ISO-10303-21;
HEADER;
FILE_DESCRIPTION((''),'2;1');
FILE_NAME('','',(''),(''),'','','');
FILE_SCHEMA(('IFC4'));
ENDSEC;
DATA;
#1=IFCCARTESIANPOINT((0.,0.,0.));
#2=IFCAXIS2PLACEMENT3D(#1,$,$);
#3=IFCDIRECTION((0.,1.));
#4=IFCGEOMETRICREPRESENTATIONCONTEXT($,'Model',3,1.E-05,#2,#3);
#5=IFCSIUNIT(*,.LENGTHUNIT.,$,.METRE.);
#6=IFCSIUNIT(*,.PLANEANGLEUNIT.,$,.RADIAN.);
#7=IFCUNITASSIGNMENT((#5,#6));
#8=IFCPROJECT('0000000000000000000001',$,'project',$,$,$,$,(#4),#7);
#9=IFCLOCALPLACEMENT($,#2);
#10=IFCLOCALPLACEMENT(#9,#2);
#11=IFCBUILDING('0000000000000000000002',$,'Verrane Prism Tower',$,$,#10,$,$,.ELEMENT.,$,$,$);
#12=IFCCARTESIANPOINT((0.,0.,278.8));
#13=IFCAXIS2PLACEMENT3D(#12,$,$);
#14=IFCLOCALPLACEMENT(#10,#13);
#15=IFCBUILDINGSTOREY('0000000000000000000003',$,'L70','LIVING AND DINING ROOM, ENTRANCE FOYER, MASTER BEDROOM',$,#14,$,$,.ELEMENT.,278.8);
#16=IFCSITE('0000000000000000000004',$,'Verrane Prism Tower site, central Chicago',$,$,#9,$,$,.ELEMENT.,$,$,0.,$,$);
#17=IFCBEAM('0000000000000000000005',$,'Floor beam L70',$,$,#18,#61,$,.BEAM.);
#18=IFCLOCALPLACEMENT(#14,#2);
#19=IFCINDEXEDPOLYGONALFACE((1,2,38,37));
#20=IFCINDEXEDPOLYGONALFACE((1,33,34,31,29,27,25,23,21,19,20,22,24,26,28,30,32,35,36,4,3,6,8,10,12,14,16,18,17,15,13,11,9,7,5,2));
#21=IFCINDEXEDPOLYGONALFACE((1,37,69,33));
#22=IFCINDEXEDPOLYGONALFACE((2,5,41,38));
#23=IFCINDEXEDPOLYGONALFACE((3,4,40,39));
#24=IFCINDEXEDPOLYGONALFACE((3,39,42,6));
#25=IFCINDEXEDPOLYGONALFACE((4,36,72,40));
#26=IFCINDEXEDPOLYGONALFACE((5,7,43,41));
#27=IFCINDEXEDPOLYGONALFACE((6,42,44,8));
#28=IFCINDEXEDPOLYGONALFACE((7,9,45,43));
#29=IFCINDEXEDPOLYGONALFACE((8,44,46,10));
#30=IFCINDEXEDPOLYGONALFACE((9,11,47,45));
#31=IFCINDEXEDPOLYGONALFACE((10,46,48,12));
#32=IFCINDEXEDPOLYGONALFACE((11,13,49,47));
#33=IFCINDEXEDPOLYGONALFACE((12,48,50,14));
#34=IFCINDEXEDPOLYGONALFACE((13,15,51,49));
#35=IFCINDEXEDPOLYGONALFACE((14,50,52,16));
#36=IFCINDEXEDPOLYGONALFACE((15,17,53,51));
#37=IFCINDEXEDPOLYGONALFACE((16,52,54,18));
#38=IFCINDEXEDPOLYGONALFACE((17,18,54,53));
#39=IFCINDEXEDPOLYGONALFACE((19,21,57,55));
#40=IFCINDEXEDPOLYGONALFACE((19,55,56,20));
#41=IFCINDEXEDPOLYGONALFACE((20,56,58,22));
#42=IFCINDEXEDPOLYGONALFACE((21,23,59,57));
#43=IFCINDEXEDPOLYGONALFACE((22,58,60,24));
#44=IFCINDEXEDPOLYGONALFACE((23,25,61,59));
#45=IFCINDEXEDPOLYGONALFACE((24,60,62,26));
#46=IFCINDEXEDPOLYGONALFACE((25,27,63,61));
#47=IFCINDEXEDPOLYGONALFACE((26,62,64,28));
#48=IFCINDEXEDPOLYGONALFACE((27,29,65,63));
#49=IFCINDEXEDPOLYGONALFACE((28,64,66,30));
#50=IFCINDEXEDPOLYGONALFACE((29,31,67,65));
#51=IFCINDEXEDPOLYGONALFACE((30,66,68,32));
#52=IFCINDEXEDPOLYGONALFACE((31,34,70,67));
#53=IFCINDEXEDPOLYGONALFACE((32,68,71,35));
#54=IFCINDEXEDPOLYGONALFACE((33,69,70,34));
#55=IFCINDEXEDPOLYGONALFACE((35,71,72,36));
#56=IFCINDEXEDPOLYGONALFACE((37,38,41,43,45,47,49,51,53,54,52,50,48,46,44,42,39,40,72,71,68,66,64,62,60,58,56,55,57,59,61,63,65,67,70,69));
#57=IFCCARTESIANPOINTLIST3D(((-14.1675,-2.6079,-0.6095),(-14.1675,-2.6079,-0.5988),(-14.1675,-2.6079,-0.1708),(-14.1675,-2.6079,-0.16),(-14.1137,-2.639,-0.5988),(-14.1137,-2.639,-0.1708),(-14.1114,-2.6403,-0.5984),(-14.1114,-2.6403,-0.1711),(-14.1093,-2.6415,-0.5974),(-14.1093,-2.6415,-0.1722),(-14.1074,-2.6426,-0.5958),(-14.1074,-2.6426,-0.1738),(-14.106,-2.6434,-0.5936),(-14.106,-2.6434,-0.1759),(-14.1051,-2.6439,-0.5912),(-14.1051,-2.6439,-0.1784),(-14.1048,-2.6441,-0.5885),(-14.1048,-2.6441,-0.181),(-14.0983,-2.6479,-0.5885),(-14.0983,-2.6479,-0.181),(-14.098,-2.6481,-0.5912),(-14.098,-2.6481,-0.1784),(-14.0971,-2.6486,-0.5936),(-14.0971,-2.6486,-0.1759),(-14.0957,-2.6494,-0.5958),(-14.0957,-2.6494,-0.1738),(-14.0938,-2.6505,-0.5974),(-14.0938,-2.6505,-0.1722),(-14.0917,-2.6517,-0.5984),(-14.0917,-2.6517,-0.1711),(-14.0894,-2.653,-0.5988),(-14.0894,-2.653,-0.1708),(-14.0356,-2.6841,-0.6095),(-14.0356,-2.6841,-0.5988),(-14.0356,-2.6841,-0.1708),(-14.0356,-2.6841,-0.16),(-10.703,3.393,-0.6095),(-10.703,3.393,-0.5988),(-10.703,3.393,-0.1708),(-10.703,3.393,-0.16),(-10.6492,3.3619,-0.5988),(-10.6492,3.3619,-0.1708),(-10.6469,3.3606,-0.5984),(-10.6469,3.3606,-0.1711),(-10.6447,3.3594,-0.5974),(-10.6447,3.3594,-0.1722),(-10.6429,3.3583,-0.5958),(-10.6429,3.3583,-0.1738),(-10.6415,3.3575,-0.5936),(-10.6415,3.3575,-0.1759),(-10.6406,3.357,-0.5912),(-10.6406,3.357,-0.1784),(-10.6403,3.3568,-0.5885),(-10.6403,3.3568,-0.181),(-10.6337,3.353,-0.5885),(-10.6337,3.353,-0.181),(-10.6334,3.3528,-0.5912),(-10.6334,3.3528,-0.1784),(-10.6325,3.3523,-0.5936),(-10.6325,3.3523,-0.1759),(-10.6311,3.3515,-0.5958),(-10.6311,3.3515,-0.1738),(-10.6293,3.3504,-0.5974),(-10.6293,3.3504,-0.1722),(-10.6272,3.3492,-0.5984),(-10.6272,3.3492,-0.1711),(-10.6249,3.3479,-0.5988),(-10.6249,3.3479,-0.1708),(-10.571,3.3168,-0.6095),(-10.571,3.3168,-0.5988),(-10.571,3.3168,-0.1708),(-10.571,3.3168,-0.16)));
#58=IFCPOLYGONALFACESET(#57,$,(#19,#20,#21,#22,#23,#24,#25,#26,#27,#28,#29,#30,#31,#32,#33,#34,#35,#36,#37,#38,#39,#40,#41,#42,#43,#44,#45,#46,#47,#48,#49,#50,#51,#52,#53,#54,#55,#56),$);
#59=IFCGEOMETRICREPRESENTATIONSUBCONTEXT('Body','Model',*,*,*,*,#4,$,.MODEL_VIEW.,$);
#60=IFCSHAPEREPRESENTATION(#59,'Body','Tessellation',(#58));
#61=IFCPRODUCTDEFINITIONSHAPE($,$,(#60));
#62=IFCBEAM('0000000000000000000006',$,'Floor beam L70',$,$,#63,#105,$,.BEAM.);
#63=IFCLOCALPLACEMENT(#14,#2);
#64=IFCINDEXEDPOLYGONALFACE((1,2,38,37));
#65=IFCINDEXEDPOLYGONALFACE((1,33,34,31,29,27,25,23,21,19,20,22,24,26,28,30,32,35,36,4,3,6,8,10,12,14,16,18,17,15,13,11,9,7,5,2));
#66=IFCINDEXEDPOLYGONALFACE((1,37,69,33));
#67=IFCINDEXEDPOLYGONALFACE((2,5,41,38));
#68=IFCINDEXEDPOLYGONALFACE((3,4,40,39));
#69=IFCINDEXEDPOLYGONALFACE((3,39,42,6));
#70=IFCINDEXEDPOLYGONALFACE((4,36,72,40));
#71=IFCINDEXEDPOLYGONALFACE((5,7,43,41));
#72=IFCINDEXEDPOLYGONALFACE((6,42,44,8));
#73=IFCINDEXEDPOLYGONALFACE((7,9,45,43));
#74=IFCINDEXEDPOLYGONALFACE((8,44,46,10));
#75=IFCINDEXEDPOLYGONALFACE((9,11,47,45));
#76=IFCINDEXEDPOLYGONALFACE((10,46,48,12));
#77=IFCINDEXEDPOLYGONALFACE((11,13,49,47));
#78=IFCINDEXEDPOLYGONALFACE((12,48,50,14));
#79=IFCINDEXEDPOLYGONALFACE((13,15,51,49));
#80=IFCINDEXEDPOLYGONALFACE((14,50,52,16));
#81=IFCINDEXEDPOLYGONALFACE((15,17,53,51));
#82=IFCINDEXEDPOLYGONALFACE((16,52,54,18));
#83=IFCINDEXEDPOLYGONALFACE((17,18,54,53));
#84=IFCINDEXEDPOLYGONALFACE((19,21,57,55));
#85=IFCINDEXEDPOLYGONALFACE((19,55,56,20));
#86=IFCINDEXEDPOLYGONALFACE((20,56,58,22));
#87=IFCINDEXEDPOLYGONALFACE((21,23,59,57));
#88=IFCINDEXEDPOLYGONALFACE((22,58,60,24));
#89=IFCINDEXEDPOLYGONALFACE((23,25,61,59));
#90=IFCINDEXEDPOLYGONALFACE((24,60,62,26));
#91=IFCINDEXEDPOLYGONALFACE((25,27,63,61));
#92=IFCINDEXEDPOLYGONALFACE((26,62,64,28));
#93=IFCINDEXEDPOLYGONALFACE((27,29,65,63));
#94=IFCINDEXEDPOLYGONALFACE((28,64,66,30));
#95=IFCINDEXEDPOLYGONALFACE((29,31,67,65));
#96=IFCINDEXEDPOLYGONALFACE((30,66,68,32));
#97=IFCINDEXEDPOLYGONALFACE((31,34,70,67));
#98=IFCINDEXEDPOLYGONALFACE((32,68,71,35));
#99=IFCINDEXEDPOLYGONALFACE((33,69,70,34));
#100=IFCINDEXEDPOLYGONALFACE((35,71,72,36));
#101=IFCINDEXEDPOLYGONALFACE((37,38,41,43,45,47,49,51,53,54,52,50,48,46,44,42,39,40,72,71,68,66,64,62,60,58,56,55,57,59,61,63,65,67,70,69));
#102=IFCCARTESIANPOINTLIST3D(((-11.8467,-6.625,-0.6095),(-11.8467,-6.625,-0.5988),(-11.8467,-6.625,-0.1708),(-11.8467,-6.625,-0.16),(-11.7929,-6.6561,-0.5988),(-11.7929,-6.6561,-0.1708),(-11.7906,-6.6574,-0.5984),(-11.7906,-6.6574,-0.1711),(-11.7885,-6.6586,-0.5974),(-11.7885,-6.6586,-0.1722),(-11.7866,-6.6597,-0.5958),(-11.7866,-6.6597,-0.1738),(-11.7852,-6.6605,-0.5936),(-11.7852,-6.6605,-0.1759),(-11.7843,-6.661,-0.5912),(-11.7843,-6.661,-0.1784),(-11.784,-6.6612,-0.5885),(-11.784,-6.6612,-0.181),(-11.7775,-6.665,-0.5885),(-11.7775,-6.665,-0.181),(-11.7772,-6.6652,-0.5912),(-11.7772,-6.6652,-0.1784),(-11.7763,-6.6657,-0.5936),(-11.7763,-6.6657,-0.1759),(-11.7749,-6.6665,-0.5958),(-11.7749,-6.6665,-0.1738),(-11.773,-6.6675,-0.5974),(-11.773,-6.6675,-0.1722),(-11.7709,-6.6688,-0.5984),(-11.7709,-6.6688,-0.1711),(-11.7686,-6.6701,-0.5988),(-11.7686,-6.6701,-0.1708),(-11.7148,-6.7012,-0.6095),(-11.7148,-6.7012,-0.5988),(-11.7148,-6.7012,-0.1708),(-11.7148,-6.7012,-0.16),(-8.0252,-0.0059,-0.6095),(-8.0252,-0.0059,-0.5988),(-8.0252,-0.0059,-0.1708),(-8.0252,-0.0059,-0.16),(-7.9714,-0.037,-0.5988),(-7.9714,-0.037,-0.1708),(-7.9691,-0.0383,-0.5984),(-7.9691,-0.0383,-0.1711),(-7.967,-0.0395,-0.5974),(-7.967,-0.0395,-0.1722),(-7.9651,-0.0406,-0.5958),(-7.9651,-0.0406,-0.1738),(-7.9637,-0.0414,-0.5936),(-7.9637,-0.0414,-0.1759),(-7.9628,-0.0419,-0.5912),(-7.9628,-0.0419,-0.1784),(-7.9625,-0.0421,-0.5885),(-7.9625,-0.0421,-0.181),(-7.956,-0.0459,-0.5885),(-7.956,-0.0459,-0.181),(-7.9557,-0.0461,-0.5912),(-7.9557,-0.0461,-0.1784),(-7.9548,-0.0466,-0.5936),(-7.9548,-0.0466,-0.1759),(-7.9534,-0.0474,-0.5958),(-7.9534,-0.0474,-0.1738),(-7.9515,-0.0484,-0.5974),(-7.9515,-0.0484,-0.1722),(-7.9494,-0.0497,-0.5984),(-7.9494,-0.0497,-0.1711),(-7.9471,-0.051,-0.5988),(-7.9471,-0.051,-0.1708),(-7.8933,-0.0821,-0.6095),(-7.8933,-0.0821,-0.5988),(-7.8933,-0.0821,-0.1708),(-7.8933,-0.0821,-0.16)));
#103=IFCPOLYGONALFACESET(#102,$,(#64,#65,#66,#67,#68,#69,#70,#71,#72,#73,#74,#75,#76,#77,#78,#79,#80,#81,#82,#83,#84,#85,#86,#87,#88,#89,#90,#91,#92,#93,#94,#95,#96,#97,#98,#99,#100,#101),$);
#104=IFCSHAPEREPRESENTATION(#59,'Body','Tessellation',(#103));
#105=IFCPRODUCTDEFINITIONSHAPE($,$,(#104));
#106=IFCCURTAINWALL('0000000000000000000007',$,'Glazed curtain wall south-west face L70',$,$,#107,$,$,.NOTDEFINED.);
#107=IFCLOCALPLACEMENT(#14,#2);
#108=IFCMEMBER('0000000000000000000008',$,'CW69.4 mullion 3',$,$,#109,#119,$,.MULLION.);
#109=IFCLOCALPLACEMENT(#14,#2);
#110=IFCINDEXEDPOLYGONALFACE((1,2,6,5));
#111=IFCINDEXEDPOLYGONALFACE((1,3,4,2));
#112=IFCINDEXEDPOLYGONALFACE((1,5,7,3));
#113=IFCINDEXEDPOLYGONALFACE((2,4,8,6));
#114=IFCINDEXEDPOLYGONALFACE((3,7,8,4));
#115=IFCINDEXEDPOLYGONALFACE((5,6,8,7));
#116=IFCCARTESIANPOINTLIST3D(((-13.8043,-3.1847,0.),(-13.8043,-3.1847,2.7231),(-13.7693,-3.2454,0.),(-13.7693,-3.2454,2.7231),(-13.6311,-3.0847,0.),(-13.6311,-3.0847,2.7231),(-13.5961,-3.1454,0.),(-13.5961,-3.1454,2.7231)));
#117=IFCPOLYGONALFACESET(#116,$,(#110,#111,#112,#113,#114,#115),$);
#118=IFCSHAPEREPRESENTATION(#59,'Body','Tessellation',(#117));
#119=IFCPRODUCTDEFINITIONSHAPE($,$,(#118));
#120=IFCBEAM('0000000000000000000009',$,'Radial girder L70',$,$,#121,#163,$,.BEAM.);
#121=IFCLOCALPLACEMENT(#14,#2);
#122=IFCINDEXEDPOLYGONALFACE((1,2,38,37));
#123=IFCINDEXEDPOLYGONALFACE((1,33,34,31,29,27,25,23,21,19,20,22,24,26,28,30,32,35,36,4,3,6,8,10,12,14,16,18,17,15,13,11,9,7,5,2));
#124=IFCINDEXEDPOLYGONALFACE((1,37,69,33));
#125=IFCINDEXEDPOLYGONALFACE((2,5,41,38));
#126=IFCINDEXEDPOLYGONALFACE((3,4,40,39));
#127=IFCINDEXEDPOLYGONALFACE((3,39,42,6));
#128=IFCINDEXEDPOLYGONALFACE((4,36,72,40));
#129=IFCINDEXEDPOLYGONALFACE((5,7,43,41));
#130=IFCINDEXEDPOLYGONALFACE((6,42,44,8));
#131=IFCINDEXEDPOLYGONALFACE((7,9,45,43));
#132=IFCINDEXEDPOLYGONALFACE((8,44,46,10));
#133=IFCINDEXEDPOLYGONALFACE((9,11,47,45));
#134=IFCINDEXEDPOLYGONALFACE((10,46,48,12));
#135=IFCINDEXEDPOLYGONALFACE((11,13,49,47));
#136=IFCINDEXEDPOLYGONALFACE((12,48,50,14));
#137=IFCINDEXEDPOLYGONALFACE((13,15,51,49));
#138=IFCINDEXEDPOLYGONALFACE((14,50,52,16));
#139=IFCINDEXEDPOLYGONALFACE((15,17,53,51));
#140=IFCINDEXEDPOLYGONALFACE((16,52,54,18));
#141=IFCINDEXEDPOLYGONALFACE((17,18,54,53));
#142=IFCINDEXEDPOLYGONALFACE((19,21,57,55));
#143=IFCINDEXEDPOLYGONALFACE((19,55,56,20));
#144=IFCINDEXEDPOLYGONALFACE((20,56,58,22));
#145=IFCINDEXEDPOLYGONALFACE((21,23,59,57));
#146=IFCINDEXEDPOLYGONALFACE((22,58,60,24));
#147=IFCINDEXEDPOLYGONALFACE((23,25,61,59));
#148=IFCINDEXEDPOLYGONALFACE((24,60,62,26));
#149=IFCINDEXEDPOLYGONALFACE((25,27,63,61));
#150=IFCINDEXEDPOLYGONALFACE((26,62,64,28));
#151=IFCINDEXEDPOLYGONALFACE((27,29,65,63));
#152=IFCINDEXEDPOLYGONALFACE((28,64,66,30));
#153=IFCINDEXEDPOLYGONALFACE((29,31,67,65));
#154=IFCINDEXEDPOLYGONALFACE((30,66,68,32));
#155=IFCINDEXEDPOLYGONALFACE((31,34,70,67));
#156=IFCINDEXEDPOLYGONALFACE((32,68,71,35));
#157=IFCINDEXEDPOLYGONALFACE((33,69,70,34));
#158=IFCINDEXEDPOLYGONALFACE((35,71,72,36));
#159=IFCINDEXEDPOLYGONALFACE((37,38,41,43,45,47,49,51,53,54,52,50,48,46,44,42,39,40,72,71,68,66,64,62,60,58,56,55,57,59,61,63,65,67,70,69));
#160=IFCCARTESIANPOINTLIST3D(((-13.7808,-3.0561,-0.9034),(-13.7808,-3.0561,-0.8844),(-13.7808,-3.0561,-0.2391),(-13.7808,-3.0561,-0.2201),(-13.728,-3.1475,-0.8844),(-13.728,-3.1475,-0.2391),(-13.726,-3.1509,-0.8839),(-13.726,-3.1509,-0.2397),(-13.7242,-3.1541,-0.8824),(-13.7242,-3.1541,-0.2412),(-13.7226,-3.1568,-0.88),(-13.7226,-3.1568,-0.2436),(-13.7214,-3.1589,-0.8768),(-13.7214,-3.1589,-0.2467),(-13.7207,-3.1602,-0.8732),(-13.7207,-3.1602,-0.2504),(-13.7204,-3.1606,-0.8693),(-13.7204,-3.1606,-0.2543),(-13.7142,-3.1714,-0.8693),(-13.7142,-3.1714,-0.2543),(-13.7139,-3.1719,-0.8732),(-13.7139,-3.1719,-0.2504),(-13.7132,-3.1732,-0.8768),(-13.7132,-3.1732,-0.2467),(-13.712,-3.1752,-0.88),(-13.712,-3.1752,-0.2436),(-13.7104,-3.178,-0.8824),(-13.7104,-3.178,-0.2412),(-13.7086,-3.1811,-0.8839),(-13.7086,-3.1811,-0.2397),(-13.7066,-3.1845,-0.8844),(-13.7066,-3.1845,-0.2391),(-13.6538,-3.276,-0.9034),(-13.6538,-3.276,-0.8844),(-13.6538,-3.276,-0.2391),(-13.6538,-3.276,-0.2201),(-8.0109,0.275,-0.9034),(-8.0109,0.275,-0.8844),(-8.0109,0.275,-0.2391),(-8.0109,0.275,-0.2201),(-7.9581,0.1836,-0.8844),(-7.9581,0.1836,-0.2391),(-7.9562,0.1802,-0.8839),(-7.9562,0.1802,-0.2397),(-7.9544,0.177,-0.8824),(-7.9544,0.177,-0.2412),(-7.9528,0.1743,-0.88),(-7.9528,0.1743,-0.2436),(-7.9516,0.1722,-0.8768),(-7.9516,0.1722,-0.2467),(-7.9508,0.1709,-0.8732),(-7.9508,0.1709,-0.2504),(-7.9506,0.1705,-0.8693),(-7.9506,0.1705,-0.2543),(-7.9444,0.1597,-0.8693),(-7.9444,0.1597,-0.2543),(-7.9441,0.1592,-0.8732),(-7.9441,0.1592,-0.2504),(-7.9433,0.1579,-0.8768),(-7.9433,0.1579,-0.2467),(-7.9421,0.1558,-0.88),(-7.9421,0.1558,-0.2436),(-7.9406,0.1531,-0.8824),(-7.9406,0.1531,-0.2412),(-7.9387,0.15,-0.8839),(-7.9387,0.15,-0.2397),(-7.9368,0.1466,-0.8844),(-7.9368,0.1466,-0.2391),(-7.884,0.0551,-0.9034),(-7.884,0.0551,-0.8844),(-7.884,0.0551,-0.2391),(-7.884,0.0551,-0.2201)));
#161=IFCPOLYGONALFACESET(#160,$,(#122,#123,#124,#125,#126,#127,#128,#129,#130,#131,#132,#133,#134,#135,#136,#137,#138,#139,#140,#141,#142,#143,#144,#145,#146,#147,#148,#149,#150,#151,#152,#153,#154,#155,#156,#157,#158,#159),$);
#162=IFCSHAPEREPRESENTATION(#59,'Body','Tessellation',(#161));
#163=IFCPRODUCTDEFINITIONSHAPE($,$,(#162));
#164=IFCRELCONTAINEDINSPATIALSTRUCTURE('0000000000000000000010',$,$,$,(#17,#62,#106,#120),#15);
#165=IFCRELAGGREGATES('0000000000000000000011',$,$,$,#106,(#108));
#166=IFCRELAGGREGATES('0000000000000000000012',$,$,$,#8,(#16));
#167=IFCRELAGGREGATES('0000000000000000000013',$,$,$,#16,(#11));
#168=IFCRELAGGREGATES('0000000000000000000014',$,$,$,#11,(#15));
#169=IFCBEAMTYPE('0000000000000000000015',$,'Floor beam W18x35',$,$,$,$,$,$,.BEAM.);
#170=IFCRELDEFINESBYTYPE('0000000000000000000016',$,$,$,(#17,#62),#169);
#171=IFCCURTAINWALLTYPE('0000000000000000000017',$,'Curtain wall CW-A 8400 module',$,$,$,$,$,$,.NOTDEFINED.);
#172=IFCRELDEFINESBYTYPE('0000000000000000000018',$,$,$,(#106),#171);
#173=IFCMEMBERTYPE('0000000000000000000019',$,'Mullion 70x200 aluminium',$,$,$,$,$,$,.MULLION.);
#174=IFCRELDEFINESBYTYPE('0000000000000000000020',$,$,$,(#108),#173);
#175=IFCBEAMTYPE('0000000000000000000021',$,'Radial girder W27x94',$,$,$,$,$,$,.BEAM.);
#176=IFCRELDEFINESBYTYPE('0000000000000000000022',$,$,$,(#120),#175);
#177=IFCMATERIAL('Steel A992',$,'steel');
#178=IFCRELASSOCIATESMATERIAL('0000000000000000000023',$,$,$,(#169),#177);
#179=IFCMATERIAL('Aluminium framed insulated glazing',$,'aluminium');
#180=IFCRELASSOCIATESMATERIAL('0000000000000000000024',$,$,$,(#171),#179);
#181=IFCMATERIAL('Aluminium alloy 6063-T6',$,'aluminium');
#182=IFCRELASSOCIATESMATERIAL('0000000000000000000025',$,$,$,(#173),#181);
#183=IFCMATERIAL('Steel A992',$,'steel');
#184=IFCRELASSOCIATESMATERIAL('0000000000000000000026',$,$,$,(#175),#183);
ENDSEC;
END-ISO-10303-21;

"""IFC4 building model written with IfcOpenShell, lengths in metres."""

from ifc_helpers import new_model, si_unit, direction, frame, origin, origin_2d, place, context, subcontext, project, spatial, rectangle, i_section, extrude, material, material_profile, profile_set, type_object, element, aggregate, save


model = new_model("IFC4")

# Units and contexts
model_context = context("Model", 3, precision=1e-05, world=origin(), true_north=direction((0.0, 1.0)))
body_context = subcontext(model_context, "Body", "Model", "MODEL_VIEW")
ifc_project = project(units=[si_unit("LENGTHUNIT", "METRE"), si_unit("PLANEANGLEUNIT", "RADIAN")], contexts=[model_context])

# Site, building, storey
site_placement = place(None, origin())
site = spatial("IfcSite", under=ifc_project, at=site_placement, Name="Verrane Prism Tower site, central Chicago", CompositionType="ELEMENT", RefElevation=0.0)
building_placement = place(site_placement, origin())
building = spatial("IfcBuilding", under=site, at=building_placement, Name="Verrane Prism Tower", CompositionType="ELEMENT")
storey_placement = place(building_placement, frame((0.0, 0.0, 278.8)))
storey = spatial("IfcBuildingStorey", under=building, at=storey_placement, Name="L70", Description="LIVING AND DINING ROOM, ENTRANCE FOYER, MASTER BEDROOM", CompositionType="ELEMENT", Elevation=278.8)

# Beams
ifc_material_1 = material(Name="Steel A992", Category="steel")
ifc_material_profile_1 = material_profile(ifc_material_1, i_section(OverallWidth=0.1523, OverallDepth=0.4495, WebThickness=0.0076, FlangeThickness=0.0107, FilletRadius=0.0103, at=origin_2d()), Name="W18x35")
ifc_profile_set_1 = profile_set([ifc_material_profile_1], Name="Steel A992")
beam_type_1 = type_object("IfcBeamType", Name="Floor beam W18x35", PredefinedType="BEAM", material=ifc_profile_set_1)
beam_1_placement = place(storey_placement, frame((-14.1016, -2.646, -0.3848), z_axis=(0.499993, 0.86603, 0.0), x_axis=(-0.86603, 0.499993, 0.0)))
element("IfcBeam", 1, at=beam_1_placement, inside=storey, type_object=beam_type_1, Name="Floor beam L70", PredefinedType="BEAM", context=body_context, shape_type="SweptSolid", body=[
    extrude(i_section(OverallWidth=0.1523, OverallDepth=0.4495, WebThickness=0.0076, FlangeThickness=0.0107, FilletRadius=0.0103, at=origin_2d()), origin(), (0.0, 0.0, 1.0), 6.9292),
])
beam_2_placement = place(storey_placement, frame((-11.7808, -6.6631, -0.3848), z_axis=(0.499997, 0.866027, 0.0), x_axis=(-0.866027, 0.499997, 0.0)))
element("IfcBeam", 2, at=beam_2_placement, inside=storey, type_object=beam_type_1, Name="Floor beam L70", PredefinedType="BEAM", context=body_context, shape_type="SweptSolid", body=[
    extrude(i_section(OverallWidth=0.1523, OverallDepth=0.4495, WebThickness=0.0076, FlangeThickness=0.0107, FilletRadius=0.0103, at=origin_2d()), origin(), (0.0, 0.0, 1.0), 7.6431),
])

# Curtain wall, member
ifc_material_2 = material(Name="Aluminium framed insulated glazing", Category="aluminium")
curtain_wall_type = type_object("IfcCurtainWallType", Name="Curtain wall CW-A 8400 module", PredefinedType="NOTDEFINED", material=ifc_material_2)
curtain_wall_placement = place(storey_placement, origin())
curtain_wall = element("IfcCurtainWall", 3, at=curtain_wall_placement, inside=storey, type_object=curtain_wall_type, Name="Glazed curtain wall south-west face L70", PredefinedType="NOTDEFINED")
ifc_material_3 = material(Name="Aluminium alloy 6063-T6", Category="aluminium")
ifc_material_profile_2 = material_profile(ifc_material_3, rectangle(XDim=0.2, YDim=0.0701, at=origin_2d()), Name="Mullion 70x200 aluminium")
ifc_profile_set_2 = profile_set([ifc_material_profile_2], Name="Aluminium alloy 6063-T6")
member_type_1 = type_object("IfcMemberType", Name="Mullion 70x200 aluminium", PredefinedType="MULLION", material=ifc_profile_set_2)
member_1_placement = place(storey_placement, frame((-13.7002, -3.165, 0.0), z_axis=(0.0, 0.0, 1.0), x_axis=(0.866025, 0.500001, 0.0)))
member_1 = element("IfcMember", 4, at=member_1_placement, type_object=member_type_1, Name="CW69.4 mullion 3", PredefinedType="MULLION", context=body_context, shape_type="SweptSolid", body=[
    extrude(rectangle(XDim=0.2, YDim=0.0701, at=origin_2d()), origin(), (0.0, 0.0, 1.0), 2.7231),
])

# Beam
ifc_material_4 = material(Name="Steel A992", Category="steel")
ifc_material_profile_3 = material_profile(ifc_material_4, i_section(OverallWidth=0.2539, OverallDepth=0.6833, WebThickness=0.0125, FlangeThickness=0.019, FilletRadius=0.0151, at=origin_2d()), Name="W27x94")
ifc_profile_set_3 = profile_set([ifc_material_profile_3], Name="Steel A992")
beam_type_2 = type_object("IfcBeamType", Name="Radial girder W27x94", PredefinedType="BEAM", material=ifc_profile_set_3)
beam_3_placement = place(storey_placement, frame((-13.7173, -3.166, -0.5618), z_axis=(0.866034, 0.499986, 0.0), x_axis=(-0.499986, 0.866034, 0.0)))
element("IfcBeam", 5, at=beam_3_placement, inside=storey, type_object=beam_type_2, Name="Radial girder L70", PredefinedType="BEAM", context=body_context, shape_type="SweptSolid", body=[
    extrude(i_section(OverallWidth=0.2539, OverallDepth=0.6833, WebThickness=0.0125, FlangeThickness=0.019, FilletRadius=0.0151, at=origin_2d()), origin(), (0.0, 0.0, 1.0), 6.6624),
])

aggregate(curtain_wall, [member_1])

save(model, "model.ifc")
